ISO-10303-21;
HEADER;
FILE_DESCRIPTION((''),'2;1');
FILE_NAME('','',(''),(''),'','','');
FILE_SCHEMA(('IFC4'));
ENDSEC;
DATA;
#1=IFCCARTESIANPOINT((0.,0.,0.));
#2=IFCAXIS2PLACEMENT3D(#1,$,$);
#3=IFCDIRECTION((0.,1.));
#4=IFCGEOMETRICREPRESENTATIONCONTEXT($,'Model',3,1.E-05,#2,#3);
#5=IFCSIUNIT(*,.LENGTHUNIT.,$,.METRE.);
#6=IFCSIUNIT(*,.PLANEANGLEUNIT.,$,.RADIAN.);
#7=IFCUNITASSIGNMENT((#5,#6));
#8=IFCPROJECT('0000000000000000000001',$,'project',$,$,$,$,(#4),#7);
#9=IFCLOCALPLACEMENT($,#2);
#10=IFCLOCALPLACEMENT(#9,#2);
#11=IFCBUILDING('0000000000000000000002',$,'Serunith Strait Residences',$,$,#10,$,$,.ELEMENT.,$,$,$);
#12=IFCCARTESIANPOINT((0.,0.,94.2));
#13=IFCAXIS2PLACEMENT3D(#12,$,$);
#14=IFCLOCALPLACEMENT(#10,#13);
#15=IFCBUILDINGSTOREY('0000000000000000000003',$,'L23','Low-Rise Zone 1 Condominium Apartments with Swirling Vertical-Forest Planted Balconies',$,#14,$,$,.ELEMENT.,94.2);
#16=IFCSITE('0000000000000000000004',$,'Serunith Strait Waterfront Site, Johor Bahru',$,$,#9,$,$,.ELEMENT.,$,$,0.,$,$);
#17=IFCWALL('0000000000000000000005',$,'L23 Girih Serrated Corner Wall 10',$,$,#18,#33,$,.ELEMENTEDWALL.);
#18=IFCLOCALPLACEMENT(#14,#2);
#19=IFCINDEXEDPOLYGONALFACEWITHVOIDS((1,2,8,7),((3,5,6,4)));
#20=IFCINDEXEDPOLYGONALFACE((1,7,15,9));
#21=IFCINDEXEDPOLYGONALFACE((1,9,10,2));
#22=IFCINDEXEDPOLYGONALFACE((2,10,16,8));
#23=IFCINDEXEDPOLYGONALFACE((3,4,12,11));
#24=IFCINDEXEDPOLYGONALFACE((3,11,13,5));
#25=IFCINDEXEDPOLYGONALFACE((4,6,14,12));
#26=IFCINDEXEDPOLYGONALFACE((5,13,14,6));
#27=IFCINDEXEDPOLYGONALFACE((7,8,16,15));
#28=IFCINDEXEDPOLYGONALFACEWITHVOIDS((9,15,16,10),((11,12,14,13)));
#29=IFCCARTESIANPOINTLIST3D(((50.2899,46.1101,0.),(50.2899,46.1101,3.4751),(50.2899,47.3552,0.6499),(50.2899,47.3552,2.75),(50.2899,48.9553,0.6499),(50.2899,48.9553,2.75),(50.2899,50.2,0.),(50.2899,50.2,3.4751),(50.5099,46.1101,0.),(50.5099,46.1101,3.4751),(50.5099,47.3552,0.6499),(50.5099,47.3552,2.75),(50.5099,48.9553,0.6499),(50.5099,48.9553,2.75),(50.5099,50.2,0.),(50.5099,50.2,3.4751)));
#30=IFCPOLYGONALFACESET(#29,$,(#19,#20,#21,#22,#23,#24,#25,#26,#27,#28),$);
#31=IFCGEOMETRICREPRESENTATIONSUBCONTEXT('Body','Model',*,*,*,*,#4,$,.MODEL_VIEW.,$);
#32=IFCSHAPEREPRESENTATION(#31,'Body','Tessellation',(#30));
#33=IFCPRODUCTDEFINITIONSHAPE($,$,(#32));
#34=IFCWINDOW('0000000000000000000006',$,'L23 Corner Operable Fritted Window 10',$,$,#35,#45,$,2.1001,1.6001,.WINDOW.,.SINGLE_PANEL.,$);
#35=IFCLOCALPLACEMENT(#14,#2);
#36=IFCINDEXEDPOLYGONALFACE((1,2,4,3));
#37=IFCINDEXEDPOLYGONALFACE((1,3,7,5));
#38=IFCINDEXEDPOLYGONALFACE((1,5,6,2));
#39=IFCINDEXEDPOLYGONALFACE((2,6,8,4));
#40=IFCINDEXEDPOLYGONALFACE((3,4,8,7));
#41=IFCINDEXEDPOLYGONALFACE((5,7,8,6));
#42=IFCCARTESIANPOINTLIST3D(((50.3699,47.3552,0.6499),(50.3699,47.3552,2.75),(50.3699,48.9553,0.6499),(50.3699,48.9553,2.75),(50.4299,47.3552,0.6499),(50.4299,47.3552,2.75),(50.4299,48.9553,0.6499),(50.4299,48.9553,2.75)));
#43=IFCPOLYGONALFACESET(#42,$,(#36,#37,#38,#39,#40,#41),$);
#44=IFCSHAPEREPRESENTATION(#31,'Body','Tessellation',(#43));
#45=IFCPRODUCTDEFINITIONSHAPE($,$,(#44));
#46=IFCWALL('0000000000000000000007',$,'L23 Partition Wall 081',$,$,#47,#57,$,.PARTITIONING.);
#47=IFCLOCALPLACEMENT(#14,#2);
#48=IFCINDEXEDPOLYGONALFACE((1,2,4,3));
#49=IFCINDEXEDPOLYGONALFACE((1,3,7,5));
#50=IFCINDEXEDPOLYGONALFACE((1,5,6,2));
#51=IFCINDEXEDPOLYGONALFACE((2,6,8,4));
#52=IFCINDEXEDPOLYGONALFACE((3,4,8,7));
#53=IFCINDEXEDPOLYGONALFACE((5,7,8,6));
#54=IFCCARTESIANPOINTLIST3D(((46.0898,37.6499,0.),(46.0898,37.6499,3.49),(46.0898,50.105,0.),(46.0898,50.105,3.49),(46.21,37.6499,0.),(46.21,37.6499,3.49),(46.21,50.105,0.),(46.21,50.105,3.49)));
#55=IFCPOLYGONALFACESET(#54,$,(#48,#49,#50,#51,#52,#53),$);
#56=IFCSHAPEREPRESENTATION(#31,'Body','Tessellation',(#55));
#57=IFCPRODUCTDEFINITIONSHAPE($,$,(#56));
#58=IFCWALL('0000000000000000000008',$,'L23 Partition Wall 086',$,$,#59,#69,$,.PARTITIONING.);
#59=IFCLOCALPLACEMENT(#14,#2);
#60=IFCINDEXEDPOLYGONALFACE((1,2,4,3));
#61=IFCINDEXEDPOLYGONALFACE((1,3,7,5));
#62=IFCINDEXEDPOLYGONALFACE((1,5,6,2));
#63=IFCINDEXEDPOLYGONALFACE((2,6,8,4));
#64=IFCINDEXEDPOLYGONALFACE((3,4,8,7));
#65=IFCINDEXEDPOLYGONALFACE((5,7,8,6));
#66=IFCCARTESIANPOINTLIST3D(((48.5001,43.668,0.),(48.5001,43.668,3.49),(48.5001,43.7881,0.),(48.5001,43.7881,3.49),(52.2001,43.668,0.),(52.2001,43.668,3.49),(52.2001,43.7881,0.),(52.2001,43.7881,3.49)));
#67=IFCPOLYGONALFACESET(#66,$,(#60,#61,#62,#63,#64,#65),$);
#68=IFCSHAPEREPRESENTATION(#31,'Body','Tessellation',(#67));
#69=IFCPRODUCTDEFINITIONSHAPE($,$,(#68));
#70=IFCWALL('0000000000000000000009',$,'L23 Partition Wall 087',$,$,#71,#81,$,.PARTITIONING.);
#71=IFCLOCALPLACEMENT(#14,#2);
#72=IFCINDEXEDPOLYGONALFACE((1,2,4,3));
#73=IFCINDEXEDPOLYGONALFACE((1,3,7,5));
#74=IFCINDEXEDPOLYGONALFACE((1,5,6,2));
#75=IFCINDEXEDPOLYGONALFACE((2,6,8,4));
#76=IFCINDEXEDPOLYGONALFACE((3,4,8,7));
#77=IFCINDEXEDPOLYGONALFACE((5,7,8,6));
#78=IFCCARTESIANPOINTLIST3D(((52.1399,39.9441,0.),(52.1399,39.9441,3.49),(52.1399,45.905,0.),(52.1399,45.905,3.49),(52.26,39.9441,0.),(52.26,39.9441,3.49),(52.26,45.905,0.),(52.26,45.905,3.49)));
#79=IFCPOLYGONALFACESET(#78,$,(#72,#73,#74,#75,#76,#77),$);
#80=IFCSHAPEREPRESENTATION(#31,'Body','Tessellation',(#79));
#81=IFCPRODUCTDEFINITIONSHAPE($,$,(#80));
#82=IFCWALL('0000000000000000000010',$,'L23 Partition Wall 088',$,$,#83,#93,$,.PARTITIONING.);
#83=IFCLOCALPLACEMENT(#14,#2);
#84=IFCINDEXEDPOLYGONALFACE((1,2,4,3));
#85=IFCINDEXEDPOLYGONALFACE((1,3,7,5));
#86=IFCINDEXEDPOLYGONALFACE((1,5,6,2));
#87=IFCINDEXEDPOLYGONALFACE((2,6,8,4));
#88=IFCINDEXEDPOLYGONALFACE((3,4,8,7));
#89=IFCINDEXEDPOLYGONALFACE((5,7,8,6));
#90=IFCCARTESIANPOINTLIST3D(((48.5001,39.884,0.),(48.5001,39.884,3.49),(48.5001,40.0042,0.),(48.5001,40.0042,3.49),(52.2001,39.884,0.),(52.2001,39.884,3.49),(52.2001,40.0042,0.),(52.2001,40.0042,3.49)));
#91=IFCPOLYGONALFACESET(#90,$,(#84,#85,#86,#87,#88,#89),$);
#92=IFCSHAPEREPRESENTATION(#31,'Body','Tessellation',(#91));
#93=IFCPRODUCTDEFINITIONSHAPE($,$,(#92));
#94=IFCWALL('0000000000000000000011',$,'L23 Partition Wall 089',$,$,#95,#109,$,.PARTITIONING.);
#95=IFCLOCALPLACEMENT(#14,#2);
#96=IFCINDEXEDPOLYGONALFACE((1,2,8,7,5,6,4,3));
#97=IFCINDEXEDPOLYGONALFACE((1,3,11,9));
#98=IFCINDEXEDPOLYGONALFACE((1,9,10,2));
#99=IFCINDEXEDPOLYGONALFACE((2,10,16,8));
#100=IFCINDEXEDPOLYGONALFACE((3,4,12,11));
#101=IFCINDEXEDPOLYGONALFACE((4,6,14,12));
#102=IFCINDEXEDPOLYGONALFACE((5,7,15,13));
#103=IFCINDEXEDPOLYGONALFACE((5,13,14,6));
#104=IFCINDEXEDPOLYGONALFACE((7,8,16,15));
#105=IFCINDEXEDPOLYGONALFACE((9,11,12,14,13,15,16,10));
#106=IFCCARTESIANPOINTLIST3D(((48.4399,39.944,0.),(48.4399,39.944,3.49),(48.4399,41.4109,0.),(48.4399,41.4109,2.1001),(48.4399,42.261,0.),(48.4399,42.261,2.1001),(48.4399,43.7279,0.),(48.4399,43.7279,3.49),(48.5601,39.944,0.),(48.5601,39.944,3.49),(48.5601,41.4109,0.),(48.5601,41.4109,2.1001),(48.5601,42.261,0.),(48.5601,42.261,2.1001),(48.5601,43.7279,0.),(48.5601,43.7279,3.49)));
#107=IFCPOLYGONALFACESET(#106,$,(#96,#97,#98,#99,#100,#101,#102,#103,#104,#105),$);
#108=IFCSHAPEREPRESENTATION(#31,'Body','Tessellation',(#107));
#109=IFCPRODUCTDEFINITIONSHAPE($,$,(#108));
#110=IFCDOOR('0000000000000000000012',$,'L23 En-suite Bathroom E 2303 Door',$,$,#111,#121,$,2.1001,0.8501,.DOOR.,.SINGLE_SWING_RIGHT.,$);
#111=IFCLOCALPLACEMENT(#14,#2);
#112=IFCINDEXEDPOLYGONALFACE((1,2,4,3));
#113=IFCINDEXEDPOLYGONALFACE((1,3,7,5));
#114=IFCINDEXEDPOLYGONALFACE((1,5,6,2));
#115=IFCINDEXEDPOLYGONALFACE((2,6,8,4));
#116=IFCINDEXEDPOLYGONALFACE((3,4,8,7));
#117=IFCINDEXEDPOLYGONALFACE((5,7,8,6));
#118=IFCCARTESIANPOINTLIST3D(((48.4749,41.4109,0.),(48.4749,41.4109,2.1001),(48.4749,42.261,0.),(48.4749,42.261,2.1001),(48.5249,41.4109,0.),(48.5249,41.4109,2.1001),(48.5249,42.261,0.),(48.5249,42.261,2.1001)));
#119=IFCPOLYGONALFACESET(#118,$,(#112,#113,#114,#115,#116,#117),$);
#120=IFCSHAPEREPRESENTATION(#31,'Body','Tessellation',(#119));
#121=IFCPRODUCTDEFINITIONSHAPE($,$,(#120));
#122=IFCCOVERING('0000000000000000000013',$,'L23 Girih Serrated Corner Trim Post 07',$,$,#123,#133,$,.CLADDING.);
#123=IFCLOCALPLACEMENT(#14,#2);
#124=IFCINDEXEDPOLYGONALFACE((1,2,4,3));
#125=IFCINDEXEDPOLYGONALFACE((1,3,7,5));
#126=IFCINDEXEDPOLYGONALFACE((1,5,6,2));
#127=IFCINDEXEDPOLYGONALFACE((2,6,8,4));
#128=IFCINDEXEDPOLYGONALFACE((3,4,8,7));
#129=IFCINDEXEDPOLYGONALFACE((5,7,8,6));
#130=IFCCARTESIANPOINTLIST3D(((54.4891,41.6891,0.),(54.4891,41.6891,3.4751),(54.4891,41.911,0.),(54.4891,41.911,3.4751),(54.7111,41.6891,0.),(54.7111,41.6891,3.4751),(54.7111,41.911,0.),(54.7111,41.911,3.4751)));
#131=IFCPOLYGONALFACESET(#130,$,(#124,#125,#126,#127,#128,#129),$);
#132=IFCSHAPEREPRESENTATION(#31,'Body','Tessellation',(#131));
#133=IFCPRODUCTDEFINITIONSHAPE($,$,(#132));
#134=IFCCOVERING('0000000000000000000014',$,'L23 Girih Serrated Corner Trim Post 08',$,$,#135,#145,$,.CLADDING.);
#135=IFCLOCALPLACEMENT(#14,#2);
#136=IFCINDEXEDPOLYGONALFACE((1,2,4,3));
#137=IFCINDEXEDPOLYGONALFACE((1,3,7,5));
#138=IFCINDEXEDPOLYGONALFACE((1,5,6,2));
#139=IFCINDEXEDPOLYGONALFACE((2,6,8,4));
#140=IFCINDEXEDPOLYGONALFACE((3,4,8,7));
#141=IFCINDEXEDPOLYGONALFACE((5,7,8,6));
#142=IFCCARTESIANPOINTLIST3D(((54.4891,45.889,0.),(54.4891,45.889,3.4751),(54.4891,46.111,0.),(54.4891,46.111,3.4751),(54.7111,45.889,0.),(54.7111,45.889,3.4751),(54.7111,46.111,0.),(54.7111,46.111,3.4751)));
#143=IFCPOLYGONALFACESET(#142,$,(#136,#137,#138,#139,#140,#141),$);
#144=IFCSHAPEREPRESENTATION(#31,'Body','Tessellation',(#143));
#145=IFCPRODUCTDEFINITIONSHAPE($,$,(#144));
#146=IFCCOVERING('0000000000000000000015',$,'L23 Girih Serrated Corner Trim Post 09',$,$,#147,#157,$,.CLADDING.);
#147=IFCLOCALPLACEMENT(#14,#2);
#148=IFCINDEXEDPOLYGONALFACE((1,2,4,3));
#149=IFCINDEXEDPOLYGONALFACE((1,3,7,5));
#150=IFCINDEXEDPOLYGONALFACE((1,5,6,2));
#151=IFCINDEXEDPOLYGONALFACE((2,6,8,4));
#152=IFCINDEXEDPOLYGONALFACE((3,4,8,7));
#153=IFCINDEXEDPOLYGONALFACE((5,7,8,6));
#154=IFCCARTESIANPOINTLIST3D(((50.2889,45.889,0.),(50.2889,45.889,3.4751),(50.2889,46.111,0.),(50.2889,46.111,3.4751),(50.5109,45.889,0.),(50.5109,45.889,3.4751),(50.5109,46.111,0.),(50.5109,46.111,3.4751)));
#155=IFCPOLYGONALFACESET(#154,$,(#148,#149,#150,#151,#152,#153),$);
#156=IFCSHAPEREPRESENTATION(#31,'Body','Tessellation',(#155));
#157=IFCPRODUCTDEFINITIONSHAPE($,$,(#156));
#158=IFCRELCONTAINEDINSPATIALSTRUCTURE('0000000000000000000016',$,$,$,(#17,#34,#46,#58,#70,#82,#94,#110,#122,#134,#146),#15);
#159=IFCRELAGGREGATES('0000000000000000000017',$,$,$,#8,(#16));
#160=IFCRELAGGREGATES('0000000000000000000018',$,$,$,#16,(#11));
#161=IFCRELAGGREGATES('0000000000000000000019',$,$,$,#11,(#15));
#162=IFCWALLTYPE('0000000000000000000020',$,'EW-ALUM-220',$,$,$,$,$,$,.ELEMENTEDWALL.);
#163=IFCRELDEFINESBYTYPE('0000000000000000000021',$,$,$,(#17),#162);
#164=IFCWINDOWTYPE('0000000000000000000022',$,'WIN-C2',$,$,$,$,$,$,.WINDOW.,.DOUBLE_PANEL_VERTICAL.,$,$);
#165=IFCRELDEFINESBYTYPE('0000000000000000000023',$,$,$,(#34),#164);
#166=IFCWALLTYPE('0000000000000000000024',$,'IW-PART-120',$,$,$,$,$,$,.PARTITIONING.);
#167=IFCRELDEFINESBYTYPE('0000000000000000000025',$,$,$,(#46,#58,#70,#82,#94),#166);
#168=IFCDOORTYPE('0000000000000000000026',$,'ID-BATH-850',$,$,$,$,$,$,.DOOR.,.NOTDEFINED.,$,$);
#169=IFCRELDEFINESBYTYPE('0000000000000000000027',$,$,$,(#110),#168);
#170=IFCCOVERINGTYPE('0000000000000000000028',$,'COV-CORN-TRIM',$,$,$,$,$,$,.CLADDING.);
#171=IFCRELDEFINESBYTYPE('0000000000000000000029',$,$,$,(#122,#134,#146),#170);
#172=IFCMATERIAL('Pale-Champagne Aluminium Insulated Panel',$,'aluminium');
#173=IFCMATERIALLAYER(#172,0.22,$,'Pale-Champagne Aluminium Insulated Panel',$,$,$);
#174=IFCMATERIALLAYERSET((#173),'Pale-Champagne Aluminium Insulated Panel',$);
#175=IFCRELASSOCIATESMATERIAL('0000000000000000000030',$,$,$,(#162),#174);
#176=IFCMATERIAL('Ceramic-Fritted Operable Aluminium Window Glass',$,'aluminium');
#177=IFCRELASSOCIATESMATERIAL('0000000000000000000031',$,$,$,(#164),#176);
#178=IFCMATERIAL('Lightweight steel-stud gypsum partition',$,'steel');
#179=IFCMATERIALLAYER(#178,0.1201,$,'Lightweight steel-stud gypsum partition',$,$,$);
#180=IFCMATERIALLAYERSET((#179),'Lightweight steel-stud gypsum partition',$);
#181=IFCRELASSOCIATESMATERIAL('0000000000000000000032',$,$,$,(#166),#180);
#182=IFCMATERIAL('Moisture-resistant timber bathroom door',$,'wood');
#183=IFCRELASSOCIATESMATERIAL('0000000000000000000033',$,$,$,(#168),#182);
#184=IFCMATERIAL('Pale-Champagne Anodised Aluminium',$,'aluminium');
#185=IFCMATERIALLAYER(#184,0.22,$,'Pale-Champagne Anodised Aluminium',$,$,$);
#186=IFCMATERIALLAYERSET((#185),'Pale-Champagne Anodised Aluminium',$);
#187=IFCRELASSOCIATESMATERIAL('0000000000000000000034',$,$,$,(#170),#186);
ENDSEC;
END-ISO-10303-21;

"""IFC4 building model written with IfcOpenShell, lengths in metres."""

from ifc_helpers import new_model, si_unit, direction, frame, frame_2d, origin, origin_2d, place, context, subcontext, project, spatial, rectangle, extrude, source, transform, mapped, material, layer, layer_set, type_object, element, fill, save


model = new_model("IFC4")

# Units and contexts
model_context = context("Model", 3, precision=1e-05, world=origin(), true_north=direction((0.0, 1.0)))
body_context = subcontext(model_context, "Body", "Model", "MODEL_VIEW")
ifc_project = project(units=[si_unit("LENGTHUNIT", "METRE"), si_unit("PLANEANGLEUNIT", "RADIAN")], contexts=[model_context])

# Site, building, storey
site_placement = place(None, origin())
site = spatial("IfcSite", under=ifc_project, at=site_placement, Name="Serunith Strait Waterfront Site, Johor Bahru", CompositionType="ELEMENT", RefElevation=0.0)
building_placement = place(site_placement, origin())
building = spatial("IfcBuilding", under=site, at=building_placement, Name="Serunith Strait Residences", CompositionType="ELEMENT")
storey_placement = place(building_placement, frame((0.0, 0.0, 94.2)))
storey = spatial("IfcBuildingStorey", under=building, at=storey_placement, Name="L23", Description="Low-Rise Zone 1 Condominium Apartments with Swirling Vertical-Forest Planted Balconies", CompositionType="ELEMENT", Elevation=94.2)

# Shared definitions
ifc_material_1 = material(Name="Pale-Champagne Anodised Aluminium", Category="aluminium")

# Shared definitions
ifc_material_2 = material(Name="Pale-Champagne Aluminium Insulated Panel", Category="aluminium")
ifc_layer_1 = layer(ifc_material_2, 0.22, Name="Pale-Champagne Aluminium Insulated Panel")
ifc_layer_set_1 = layer_set([ifc_layer_1], Name="Pale-Champagne Aluminium Insulated Panel")
wall_type_1 = type_object("IfcWallType", Name="EW-ALUM-220", PredefinedType="ELEMENTEDWALL", material=ifc_layer_set_1)
ifc_material_3 = material(Name="Ceramic-Fritted Operable Aluminium Window Glass", Category="aluminium")
window_type = type_object("IfcWindowType", Name="WIN-C2", PartitioningType="DOUBLE_PANEL_VERTICAL", PredefinedType="WINDOW", material=ifc_material_3)
shared_shape_1 = source(origin(), body_context, "Body", "SweptSolid", [
    extrude(rectangle(XDim=1.6001, YDim=2.1001, at=frame_2d((0.8, 1.05))), frame((0.0, 0.03, 0.0), z_axis=(0.0, -1.0, 0.0), x_axis=(1.0, 0.0, 0.0)), (0.0, 0.0, 1.0), 0.0601),
])

# Wall, opening, window
wall_1_placement = place(storey_placement, frame((50.3999, 46.1101, 0.0), z_axis=(0.0, 0.0, 1.0), x_axis=(0.0, 1.0, 0.0)))
wall_1 = element("IfcWall", 1, at=wall_1_placement, inside=storey, type_object=wall_type_1, Name="L23 Girih Serrated Corner Wall 10", PredefinedType="ELEMENTEDWALL", context=body_context, shape_type="SweptSolid", body=[
    extrude(rectangle(XDim=4.0898, YDim=0.22, at=frame_2d((2.0449, 0.0))), origin(), (0.0, 0.0, 1.0), 3.4751),
])
opening_1_placement = place(wall_1_placement, frame((1.2451, 0.0, 0.6499)))
opening_1 = element("IfcOpeningElement", 2, at=opening_1_placement, cuts=wall_1, PredefinedType="OPENING", context=body_context, shape_type="SweptSolid", body=[
    extrude(rectangle(XDim=1.6001, YDim=2.1001, at=frame_2d((0.8, 1.05))), frame((0.0, 0.1201, 0.0), z_axis=(0.0, -1.0, 0.0), x_axis=(1.0, 0.0, 0.0)), (0.0, 0.0, 1.0), 0.24),
])
window_1_placement = place(opening_1_placement, origin())
window_1 = element("IfcWindow", 3, at=window_1_placement, inside=storey, type_object=window_type, Name="L23 Corner Operable Fritted Window 10", OverallHeight=2.1001, OverallWidth=1.6001, PartitioningType="SINGLE_PANEL", PredefinedType="WINDOW", context=body_context, shape_type="MappedRepresentation", body=[
    mapped(shared_shape_1, transform((0.0, 0.0, 0.0), scale=1.0)),
])
fill(opening_1, window_1)

# Walls
ifc_material_4 = material(Name="Lightweight steel-stud gypsum partition", Category="steel")
ifc_layer_2 = layer(ifc_material_4, 0.1201, Name="Lightweight steel-stud gypsum partition")
ifc_layer_set_2 = layer_set([ifc_layer_2], Name="Lightweight steel-stud gypsum partition")
wall_type_2 = type_object("IfcWallType", Name="IW-PART-120", PredefinedType="PARTITIONING", material=ifc_layer_set_2)
wall_2_placement = place(storey_placement, frame((46.1499, 50.105, 0.0), z_axis=(0.0, 0.0, 1.0), x_axis=(0.0, -1.0, 0.0)))
element("IfcWall", 4, at=wall_2_placement, inside=storey, type_object=wall_type_2, Name="L23 Partition Wall 081", PredefinedType="PARTITIONING", context=body_context, shape_type="SweptSolid", body=[
    extrude(rectangle(XDim=12.4551, YDim=0.1201, at=frame_2d((6.2275, 0.0))), origin(), (0.0, 0.0, 1.0), 3.49),
])
wall_3_placement = place(storey_placement, frame((48.5, 43.728, 0.0), z_axis=(0.0, 0.0, 1.0), x_axis=(1.0, 0.0, 0.0)))
element("IfcWall", 5, at=wall_3_placement, inside=storey, type_object=wall_type_2, Name="L23 Partition Wall 086", PredefinedType="PARTITIONING", context=body_context, shape_type="SweptSolid", body=[
    extrude(rectangle(XDim=3.7, YDim=0.1201, at=frame_2d((1.8501, 0.0))), origin(), (0.0, 0.0, 1.0), 3.49),
])
wall_4_placement = place(storey_placement, frame((52.2, 45.905, 0.0), z_axis=(0.0, 0.0, 1.0), x_axis=(0.0, -1.0, 0.0)))
element("IfcWall", 6, at=wall_4_placement, inside=storey, type_object=wall_type_2, Name="L23 Partition Wall 087", PredefinedType="PARTITIONING", context=body_context, shape_type="SweptSolid", body=[
    extrude(rectangle(XDim=5.9609, YDim=0.1201, at=frame_2d((2.9805, 0.0))), origin(), (0.0, 0.0, 1.0), 3.49),
])
wall_5_placement = place(storey_placement, frame((48.5, 39.9441, 0.0), z_axis=(0.0, 0.0, 1.0), x_axis=(1.0, 0.0, 0.0)))
element("IfcWall", 7, at=wall_5_placement, inside=storey, type_object=wall_type_2, Name="L23 Partition Wall 088", PredefinedType="PARTITIONING", context=body_context, shape_type="SweptSolid", body=[
    extrude(rectangle(XDim=3.7, YDim=0.1201, at=frame_2d((1.8501, 0.0))), origin(), (0.0, 0.0, 1.0), 3.49),
])

# Wall, opening, door
wall_6_placement = place(storey_placement, frame((48.5, 43.728, 0.0), z_axis=(0.0, 0.0, 1.0), x_axis=(0.0, -1.0, 0.0)))
wall_6 = element("IfcWall", 8, at=wall_6_placement, inside=storey, type_object=wall_type_2, Name="L23 Partition Wall 089", PredefinedType="PARTITIONING", context=body_context, shape_type="SweptSolid", body=[
    extrude(rectangle(XDim=3.7839, YDim=0.1201, at=frame_2d((1.8921, 0.0))), origin(), (0.0, 0.0, 1.0), 3.49),
])
opening_2_placement = place(wall_6_placement, frame((1.467, 0.0, 0.0)))
opening_2 = element("IfcOpeningElement", 9, at=opening_2_placement, cuts=wall_6, PredefinedType="OPENING", context=body_context, shape_type="SweptSolid", body=[
    extrude(rectangle(XDim=0.8501, YDim=2.1001, at=frame_2d((0.425, 1.05))), frame((0.0, 0.0701, 0.0), z_axis=(0.0, -1.0, 0.0), x_axis=(1.0, 0.0, 0.0)), (0.0, 0.0, 1.0), 0.1401),
])
ifc_material_5 = material(Name="Moisture-resistant timber bathroom door", Category="wood")
door_type = type_object("IfcDoorType", Name="ID-BATH-850", OperationType="NOTDEFINED", PredefinedType="DOOR", material=ifc_material_5)
shared_shape_2 = source(origin(), body_context, "Body", "SweptSolid", [
    extrude(rectangle(XDim=0.8501, YDim=2.1001, at=frame_2d((0.425, 1.05))), frame((0.0, 0.0249, 0.0), z_axis=(0.0, -1.0, 0.0), x_axis=(1.0, 0.0, 0.0)), (0.0, 0.0, 1.0), 0.05),
])
door_placement = place(opening_2_placement, origin())
door = element("IfcDoor", 10, at=door_placement, inside=storey, type_object=door_type, Name="L23 En-suite Bathroom E 2303 Door", OperationType="SINGLE_SWING_RIGHT", OverallHeight=2.1001, OverallWidth=0.8501, PredefinedType="DOOR", context=body_context, shape_type="MappedRepresentation", body=[
    mapped(shared_shape_2, transform((0.0, 0.0, 0.0), scale=1.0)),
])
fill(opening_2, door)

# Coverings
ifc_layer_3 = layer(ifc_material_1, 0.22, Name="Pale-Champagne Anodised Aluminium")
ifc_layer_set_3 = layer_set([ifc_layer_3], Name="Pale-Champagne Anodised Aluminium")
covering_type = type_object("IfcCoveringType", Name="COV-CORN-TRIM", PredefinedType="CLADDING", material=ifc_layer_set_3)
shared_shape_3 = source(origin(), body_context, "Body", "SweptSolid", [
    extrude(rectangle(XDim=0.2219, YDim=0.2219, at=origin_2d()), origin(), (0.0, 0.0, 1.0), 3.4751),
])
for number, where, z_axis, x_axis, name in (
    (11, (54.6001, 41.8, 0.0), (0.0, 0.0, 1.0), (1.0, 0.0, 0.0), "L23 Girih Serrated Corner Trim Post 07"),
    (12, (54.6001, 46.0, 0.0), (0.0, 0.0, 1.0), (1.0, 0.0, 0.0), "L23 Girih Serrated Corner Trim Post 08"),
    (13, (50.3999, 46.0, 0.0), (0.0, 0.0, 1.0), (1.0, 0.0, 0.0), "L23 Girih Serrated Corner Trim Post 09"),
):
    element("IfcCovering", number, at=place(storey_placement, frame(where, z_axis=z_axis, x_axis=x_axis)), inside=storey, type_object=covering_type, Name=name, PredefinedType="CLADDING", context=body_context, shape_type="MappedRepresentation", body=[
        mapped(shared_shape_3, transform((0.0, 0.0, 0.0), scale=1.0)),
    ])

save(model, "model.ifc")
